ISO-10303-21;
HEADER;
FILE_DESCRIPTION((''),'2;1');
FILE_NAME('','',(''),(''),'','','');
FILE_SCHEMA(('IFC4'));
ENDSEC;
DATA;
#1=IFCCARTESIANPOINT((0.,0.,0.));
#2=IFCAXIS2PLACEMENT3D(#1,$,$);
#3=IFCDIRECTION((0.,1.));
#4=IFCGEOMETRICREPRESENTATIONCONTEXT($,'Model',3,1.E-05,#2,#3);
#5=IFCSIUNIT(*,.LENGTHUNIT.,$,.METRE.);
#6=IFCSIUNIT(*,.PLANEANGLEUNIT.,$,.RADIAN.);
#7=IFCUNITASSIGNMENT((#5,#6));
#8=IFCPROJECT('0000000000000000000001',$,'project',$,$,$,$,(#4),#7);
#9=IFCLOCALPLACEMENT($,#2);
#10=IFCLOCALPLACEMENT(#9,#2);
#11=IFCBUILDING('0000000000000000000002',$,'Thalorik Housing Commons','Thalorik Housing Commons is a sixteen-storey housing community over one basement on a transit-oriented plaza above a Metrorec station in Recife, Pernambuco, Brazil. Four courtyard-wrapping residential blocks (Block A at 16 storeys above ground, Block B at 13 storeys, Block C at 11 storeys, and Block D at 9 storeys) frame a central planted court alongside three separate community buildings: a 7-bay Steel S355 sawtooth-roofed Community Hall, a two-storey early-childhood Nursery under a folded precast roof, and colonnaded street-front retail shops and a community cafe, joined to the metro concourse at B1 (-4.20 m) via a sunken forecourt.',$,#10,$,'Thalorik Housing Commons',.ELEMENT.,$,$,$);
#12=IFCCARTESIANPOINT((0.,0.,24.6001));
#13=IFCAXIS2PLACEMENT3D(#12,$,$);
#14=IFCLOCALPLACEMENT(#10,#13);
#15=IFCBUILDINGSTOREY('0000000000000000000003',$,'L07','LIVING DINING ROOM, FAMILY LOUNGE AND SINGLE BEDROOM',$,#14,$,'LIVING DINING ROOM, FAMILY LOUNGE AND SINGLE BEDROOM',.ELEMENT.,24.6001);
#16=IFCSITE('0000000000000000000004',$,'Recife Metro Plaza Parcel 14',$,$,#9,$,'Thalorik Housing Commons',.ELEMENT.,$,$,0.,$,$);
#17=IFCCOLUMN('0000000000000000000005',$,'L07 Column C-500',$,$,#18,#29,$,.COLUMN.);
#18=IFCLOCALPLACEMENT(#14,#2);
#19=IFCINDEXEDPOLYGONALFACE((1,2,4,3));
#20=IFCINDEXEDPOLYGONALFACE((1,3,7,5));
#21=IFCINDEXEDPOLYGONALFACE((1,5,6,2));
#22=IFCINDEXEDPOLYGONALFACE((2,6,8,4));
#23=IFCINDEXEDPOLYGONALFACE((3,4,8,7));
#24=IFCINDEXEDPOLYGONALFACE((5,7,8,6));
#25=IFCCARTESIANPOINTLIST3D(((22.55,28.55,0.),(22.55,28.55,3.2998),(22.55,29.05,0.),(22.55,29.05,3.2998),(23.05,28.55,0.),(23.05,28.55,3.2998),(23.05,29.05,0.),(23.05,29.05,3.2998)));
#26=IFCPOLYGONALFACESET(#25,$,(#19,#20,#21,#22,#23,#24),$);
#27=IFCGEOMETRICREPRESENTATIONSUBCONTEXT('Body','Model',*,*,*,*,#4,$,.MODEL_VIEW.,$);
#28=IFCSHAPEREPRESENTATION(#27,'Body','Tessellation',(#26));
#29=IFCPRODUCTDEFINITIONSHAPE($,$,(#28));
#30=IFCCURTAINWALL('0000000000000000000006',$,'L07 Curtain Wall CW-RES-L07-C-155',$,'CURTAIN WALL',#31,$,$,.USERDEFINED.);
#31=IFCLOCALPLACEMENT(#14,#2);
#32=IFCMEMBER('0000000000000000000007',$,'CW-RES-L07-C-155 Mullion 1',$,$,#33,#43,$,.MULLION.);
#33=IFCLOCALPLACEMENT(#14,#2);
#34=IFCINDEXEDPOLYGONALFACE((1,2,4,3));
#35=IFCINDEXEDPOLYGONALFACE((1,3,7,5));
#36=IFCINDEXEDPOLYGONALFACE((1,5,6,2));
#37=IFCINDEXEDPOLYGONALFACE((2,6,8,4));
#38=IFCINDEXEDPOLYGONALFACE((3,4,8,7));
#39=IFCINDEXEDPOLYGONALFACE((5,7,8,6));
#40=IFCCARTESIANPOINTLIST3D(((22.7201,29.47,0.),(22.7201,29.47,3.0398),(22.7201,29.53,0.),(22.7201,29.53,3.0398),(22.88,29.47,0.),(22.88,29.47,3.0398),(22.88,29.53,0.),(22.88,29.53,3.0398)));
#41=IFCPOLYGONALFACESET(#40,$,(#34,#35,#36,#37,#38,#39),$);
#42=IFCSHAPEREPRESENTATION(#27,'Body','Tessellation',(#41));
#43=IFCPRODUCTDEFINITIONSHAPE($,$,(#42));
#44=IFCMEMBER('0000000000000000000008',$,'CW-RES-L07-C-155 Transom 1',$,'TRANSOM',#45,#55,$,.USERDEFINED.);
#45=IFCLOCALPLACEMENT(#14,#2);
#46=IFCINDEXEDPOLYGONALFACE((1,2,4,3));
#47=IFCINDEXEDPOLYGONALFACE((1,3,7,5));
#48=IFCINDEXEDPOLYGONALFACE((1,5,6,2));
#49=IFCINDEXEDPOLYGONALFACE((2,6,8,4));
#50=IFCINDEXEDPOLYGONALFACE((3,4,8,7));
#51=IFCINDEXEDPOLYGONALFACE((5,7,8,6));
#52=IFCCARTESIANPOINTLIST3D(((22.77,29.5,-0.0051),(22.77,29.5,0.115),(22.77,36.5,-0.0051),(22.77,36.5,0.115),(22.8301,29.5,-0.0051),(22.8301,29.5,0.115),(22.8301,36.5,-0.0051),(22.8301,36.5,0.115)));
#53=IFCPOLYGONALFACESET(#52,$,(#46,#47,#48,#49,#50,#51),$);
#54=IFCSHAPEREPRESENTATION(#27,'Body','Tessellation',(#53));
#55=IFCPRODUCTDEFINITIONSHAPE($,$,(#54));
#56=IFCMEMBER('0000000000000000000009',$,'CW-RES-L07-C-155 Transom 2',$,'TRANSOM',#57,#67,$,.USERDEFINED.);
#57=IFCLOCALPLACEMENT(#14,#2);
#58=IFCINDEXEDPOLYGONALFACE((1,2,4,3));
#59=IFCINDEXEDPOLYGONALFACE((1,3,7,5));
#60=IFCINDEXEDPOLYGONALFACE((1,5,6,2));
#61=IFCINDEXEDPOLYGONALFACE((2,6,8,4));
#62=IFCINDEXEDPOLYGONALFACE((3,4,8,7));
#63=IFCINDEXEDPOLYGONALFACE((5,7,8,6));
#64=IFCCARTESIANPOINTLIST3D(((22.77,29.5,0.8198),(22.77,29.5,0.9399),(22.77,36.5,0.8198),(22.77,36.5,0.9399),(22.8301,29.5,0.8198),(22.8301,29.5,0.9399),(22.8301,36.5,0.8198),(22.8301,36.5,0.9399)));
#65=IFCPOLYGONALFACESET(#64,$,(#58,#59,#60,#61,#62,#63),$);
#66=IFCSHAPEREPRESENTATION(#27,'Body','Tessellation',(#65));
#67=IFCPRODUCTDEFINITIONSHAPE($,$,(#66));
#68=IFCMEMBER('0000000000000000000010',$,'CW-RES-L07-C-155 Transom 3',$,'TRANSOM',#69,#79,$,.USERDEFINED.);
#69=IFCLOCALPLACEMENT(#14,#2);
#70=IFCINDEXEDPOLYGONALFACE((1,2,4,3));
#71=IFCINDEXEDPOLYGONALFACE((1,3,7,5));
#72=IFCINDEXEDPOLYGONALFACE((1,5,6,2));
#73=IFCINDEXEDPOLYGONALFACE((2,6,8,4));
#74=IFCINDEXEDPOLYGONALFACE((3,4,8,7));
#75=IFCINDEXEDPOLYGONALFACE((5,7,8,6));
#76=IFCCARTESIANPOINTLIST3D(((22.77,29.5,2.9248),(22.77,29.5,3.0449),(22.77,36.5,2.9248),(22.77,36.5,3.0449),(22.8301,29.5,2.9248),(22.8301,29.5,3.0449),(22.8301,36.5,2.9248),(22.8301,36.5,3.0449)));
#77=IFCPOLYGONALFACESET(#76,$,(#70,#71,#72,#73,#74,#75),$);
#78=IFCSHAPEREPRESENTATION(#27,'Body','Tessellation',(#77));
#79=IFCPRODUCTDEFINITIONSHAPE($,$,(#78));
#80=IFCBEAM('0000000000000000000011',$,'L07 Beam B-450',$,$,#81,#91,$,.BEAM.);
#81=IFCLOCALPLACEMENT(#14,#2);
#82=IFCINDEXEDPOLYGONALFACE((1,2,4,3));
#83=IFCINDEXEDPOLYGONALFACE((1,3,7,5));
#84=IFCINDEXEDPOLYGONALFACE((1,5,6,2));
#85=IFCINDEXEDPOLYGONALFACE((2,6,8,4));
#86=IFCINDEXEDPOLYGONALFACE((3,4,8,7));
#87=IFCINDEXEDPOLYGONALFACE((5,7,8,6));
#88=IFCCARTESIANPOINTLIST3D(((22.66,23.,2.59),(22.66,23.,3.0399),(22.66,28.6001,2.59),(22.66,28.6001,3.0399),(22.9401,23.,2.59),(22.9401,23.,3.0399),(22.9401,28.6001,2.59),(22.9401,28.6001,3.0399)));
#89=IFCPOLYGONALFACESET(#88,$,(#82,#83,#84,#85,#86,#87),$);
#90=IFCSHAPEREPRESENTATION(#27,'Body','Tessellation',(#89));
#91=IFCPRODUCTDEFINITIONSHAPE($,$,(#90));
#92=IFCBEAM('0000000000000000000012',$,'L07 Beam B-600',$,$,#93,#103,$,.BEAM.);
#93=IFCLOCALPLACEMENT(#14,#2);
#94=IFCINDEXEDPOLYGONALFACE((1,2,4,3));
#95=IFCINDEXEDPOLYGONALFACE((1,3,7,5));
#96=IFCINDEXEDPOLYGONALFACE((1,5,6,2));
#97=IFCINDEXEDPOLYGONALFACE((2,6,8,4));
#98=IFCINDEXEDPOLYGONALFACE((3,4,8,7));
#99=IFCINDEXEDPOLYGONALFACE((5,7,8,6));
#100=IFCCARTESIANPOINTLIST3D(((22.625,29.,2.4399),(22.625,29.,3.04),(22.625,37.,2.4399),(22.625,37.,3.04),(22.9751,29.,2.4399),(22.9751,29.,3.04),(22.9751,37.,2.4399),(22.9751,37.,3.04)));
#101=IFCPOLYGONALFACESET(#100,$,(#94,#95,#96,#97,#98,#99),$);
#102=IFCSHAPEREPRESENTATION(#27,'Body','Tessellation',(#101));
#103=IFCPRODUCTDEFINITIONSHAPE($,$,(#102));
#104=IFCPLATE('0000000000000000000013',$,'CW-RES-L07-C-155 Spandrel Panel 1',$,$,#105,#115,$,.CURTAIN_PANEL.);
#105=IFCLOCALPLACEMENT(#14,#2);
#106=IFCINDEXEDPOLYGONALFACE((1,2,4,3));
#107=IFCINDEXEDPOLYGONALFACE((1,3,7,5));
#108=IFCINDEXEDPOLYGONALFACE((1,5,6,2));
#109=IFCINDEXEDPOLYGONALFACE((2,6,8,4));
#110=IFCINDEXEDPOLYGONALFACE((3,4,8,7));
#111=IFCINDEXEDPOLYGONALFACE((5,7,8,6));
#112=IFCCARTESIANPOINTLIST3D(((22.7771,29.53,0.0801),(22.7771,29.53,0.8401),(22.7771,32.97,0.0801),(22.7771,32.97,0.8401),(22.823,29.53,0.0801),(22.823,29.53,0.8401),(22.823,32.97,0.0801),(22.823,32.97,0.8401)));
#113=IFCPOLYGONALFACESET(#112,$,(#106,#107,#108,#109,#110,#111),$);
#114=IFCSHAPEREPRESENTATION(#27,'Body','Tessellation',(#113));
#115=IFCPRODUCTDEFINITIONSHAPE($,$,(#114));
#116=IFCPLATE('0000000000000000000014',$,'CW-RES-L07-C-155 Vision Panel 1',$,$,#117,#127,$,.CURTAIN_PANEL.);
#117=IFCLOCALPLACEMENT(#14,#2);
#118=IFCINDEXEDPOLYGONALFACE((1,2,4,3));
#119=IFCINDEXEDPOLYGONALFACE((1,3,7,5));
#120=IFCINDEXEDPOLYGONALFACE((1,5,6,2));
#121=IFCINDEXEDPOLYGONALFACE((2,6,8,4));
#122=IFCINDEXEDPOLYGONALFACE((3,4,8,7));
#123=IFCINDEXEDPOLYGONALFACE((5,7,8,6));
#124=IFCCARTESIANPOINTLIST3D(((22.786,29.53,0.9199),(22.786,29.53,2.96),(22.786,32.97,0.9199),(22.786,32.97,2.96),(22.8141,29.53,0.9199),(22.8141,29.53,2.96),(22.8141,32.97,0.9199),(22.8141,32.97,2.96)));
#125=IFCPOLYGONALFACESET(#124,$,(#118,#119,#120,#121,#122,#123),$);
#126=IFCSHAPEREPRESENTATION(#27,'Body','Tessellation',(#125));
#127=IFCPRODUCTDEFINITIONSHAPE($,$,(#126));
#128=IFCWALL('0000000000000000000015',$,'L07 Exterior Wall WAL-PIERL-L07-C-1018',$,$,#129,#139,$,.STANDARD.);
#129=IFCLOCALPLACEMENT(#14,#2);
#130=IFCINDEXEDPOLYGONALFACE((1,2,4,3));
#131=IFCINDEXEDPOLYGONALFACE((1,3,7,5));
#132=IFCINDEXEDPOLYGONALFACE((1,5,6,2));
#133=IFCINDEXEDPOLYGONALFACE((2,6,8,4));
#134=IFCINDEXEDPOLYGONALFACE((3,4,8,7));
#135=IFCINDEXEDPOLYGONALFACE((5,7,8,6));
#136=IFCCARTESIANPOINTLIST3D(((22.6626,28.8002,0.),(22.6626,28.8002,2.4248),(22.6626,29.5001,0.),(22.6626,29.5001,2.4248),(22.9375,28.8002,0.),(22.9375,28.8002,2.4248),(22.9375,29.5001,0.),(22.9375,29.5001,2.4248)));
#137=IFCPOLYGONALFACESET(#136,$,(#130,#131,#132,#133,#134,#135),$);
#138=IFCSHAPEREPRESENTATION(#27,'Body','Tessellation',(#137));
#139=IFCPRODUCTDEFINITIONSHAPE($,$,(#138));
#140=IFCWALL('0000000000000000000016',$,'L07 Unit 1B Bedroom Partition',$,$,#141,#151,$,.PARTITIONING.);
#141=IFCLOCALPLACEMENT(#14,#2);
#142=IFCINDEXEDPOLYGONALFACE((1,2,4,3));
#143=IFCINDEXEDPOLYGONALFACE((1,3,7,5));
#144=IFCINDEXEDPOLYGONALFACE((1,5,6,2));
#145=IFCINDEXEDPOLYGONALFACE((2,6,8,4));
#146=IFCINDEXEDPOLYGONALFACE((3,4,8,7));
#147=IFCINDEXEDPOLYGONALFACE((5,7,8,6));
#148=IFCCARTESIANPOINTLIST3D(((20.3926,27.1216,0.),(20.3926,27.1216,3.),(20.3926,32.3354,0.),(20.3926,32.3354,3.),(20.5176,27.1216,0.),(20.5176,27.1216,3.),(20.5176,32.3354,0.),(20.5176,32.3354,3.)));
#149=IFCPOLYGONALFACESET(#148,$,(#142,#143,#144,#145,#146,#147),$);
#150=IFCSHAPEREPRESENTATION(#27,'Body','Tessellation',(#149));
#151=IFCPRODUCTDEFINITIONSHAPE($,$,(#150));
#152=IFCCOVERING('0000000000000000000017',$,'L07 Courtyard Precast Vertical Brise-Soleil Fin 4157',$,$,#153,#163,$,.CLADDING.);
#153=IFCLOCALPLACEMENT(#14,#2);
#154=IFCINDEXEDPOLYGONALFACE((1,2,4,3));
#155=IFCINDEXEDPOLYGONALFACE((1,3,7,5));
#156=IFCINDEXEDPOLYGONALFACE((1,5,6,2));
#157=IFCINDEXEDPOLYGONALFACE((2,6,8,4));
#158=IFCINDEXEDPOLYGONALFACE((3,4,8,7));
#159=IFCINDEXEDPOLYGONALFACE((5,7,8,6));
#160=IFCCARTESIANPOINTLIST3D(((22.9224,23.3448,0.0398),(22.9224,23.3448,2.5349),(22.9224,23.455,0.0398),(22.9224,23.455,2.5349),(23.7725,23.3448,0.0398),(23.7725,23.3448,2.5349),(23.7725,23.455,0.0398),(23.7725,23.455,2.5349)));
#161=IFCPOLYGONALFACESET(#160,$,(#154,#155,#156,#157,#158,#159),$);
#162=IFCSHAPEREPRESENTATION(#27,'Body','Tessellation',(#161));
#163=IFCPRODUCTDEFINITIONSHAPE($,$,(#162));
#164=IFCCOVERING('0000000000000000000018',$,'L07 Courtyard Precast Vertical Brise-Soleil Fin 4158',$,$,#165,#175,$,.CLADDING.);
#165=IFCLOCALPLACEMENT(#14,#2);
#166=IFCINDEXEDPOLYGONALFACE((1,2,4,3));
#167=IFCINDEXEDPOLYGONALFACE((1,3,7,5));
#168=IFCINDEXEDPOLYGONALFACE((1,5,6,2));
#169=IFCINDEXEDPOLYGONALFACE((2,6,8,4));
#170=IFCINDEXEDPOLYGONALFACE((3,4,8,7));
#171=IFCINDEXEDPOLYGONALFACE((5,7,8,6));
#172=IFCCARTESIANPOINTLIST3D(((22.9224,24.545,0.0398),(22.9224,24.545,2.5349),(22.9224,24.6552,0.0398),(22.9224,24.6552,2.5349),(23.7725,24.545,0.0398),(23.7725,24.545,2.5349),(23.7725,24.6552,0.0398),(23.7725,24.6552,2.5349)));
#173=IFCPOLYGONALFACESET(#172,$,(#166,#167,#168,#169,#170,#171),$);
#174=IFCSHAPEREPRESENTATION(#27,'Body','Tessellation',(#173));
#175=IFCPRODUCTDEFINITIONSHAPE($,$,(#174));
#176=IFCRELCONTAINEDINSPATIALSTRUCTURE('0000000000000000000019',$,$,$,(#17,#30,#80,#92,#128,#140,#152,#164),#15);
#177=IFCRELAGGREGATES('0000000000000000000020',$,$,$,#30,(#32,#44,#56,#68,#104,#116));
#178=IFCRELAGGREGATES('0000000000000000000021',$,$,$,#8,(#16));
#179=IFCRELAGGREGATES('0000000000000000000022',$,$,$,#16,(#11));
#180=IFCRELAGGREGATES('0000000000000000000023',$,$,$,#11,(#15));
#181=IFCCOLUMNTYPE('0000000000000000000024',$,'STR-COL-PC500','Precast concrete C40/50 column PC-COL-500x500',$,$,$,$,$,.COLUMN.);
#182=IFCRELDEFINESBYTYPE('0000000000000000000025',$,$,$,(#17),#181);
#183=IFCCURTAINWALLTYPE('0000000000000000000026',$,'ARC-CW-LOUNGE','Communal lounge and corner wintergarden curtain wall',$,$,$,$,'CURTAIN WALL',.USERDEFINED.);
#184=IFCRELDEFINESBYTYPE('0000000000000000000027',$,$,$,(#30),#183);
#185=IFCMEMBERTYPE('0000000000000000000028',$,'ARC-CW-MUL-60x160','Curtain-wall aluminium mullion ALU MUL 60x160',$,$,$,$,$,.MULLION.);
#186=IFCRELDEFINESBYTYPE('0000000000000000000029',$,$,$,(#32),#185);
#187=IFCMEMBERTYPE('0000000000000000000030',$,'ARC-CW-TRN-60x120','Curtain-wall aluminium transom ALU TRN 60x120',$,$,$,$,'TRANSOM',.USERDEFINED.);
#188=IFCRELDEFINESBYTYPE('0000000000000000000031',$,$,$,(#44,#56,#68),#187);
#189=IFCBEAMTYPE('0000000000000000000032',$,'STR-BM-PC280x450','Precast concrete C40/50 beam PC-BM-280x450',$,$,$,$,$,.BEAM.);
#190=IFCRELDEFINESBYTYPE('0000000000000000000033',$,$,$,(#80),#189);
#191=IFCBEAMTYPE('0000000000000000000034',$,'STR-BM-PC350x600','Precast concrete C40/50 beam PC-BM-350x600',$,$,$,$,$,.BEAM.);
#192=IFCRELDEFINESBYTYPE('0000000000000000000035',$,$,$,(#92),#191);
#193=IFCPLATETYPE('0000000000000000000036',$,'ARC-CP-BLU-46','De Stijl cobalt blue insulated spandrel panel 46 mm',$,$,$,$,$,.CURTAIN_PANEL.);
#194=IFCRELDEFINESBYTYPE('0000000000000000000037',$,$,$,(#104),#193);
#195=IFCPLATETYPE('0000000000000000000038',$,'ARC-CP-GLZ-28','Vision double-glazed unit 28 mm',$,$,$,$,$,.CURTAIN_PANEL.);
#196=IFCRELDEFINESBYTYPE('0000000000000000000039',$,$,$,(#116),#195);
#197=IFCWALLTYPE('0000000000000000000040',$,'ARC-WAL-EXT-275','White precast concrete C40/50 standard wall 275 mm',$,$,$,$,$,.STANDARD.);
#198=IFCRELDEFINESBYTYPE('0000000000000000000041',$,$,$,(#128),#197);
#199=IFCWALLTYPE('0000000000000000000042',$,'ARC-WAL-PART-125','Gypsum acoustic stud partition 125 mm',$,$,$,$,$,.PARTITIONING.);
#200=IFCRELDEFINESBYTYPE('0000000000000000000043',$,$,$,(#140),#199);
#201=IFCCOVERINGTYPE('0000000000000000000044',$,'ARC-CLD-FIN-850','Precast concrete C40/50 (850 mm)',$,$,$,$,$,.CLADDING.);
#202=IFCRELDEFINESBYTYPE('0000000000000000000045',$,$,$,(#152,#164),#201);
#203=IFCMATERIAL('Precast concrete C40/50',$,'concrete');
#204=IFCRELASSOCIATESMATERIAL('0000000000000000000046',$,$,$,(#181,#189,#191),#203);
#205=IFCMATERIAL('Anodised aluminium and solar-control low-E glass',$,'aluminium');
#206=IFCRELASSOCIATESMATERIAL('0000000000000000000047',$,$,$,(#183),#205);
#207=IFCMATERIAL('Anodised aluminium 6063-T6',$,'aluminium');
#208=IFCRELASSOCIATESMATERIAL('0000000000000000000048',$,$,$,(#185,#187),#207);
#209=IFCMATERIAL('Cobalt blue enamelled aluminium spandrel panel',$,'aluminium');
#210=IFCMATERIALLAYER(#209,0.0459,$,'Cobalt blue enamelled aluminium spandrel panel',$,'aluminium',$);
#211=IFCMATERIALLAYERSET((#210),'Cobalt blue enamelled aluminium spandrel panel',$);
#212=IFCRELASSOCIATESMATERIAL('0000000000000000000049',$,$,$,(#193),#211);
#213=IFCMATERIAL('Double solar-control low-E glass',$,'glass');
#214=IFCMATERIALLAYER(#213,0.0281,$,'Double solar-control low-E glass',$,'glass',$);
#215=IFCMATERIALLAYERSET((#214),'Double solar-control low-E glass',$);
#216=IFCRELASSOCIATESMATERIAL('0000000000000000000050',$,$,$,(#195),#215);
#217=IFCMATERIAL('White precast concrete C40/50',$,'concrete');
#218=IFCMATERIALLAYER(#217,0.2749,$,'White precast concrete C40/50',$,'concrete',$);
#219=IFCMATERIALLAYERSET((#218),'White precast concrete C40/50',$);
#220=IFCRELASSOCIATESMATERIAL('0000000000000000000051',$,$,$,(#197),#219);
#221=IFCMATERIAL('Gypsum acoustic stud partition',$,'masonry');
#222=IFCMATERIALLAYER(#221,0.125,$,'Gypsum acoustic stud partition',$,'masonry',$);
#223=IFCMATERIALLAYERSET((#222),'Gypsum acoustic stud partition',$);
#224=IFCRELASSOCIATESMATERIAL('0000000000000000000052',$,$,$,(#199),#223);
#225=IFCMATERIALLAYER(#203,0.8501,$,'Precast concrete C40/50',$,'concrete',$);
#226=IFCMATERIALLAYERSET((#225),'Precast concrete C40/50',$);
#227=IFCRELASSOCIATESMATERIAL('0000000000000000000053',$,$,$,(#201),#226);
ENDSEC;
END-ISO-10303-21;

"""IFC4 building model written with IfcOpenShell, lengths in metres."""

from ifc_helpers import new_model, si_unit, direction, frame, frame_2d, origin, origin_2d, place, context, subcontext, project, spatial, rectangle, extrude, material, layer, layer_set, material_profile, profile_set, type_object, element, aggregate, save


model = new_model("IFC4")

# Units and contexts
model_context = context("Model", 3, precision=1e-05, world=origin(), true_north=direction((0.0, 1.0)))
body_context = subcontext(model_context, "Body", "Model", "MODEL_VIEW")
ifc_project = project(units=[si_unit("LENGTHUNIT", "METRE"), si_unit("PLANEANGLEUNIT", "RADIAN")], contexts=[model_context])

# Site, building, storey
site_placement = place(None, origin())
site = spatial("IfcSite", under=ifc_project, at=site_placement, Name="Recife Metro Plaza Parcel 14", LongName="Thalorik Housing Commons", CompositionType="ELEMENT", RefElevation=0.0)
building_placement = place(site_placement, origin())
building = spatial("IfcBuilding", under=site, at=building_placement, Name="Thalorik Housing Commons", Description="Thalorik Housing Commons is a sixteen-storey housing community over one basement on a transit-oriented plaza above a Metrorec station in Recife, Pernambuco, Brazil. Four courtyard-wrapping residential blocks (Block A at 16 storeys above ground, Block B at 13 storeys, Block C at 11 storeys, and Block D at 9 storeys) frame a central planted court alongside three separate community buildings: a 7-bay Steel S355 sawtooth-roofed Community Hall, a two-storey early-childhood Nursery under a folded precast roof, and colonnaded street-front retail shops and a community cafe, joined to the metro concourse at B1 (-4.20 m) via a sunken forecourt.", LongName="Thalorik Housing Commons", CompositionType="ELEMENT")
storey_placement = place(building_placement, frame((0.0, 0.0, 24.6001)))
storey = spatial("IfcBuildingStorey", under=building, at=storey_placement, Name="L07", Description="LIVING DINING ROOM, FAMILY LOUNGE AND SINGLE BEDROOM", LongName="LIVING DINING ROOM, FAMILY LOUNGE AND SINGLE BEDROOM", CompositionType="ELEMENT", Elevation=24.6001)

# Column
ifc_material_1 = material(Name="Precast concrete C40/50", Category="concrete")
ifc_material_profile_1 = material_profile(ifc_material_1, rectangle(XDim=0.5, YDim=0.5, at=origin_2d()), Name="PC 500x500", Category="concrete")
ifc_profile_set_1 = profile_set([ifc_material_profile_1], Name="Precast concrete C40/50")
column_type = type_object("IfcColumnType", Name="STR-COL-PC500", Description="Precast concrete C40/50 column PC-COL-500x500", PredefinedType="COLUMN", material=ifc_profile_set_1)
column_placement = place(storey_placement, frame((22.8, 28.8, 0.0), z_axis=(0.0, 0.0, 1.0), x_axis=(1.0, 0.0, 0.0)))
element("IfcColumn", 1, at=column_placement, inside=storey, type_object=column_type, Name="L07 Column C-500", PredefinedType="COLUMN", context=body_context, shape_type="SweptSolid", body=[
    extrude(rectangle(XDim=0.5, YDim=0.5, at=origin_2d()), origin(), (0.0, 0.0, 1.0), 3.2998),
])

# Curtain wall, members
ifc_material_2 = material(Name="Anodised aluminium and solar-control low-E glass", Category="aluminium")
curtain_wall_type = type_object("IfcCurtainWallType", Name="ARC-CW-LOUNGE", Description="Communal lounge and corner wintergarden curtain wall", ElementType="CURTAIN WALL", PredefinedType="USERDEFINED", material=ifc_material_2)
curtain_wall_placement = place(storey_placement, origin())
curtain_wall = element("IfcCurtainWall", 2, at=curtain_wall_placement, inside=storey, type_object=curtain_wall_type, Name="L07 Curtain Wall CW-RES-L07-C-155", ObjectType="CURTAIN WALL", PredefinedType="USERDEFINED")
ifc_material_3 = material(Name="Anodised aluminium 6063-T6", Category="aluminium")
ifc_material_profile_2 = material_profile(ifc_material_3, rectangle(XDim=0.0601, YDim=0.1599, at=origin_2d()), Name="ALU MUL 60x160", Category="aluminium")
ifc_profile_set_2 = profile_set([ifc_material_profile_2], Name="Anodised aluminium 6063-T6")
member_type_1 = type_object("IfcMemberType", Name="ARC-CW-MUL-60x160", Description="Curtain-wall aluminium mullion ALU MUL 60x160", PredefinedType="MULLION", material=ifc_profile_set_2)
member_1_placement = place(storey_placement, frame((22.8, 29.5, 0.0), z_axis=(0.0, 0.0, 1.0), x_axis=(0.0, 1.0, 0.0)))
member_1 = element("IfcMember", 3, at=member_1_placement, type_object=member_type_1, Name="CW-RES-L07-C-155 Mullion 1", PredefinedType="MULLION", context=body_context, shape_type="SweptSolid", body=[
    extrude(rectangle(XDim=0.0601, YDim=0.1599, at=origin_2d()), origin(), (0.0, 0.0, 1.0), 3.0398),
])
ifc_material_profile_3 = material_profile(ifc_material_3, rectangle(XDim=0.0601, YDim=0.1201, at=origin_2d()), Name="ALU TRN 60x120", Category="aluminium")
ifc_profile_set_3 = profile_set([ifc_material_profile_3], Name="Anodised aluminium 6063-T6")
member_type_2 = type_object("IfcMemberType", Name="ARC-CW-TRN-60x120", Description="Curtain-wall aluminium transom ALU TRN 60x120", ElementType="TRANSOM", PredefinedType="USERDEFINED", material=ifc_profile_set_3)
member_2_placement = place(storey_placement, frame((22.8, 29.5, 0.0549), z_axis=(0.0, 1.0, 0.0), x_axis=(-1.0, 0.0, 0.0)))
member_2 = element("IfcMember", 4, at=member_2_placement, type_object=member_type_2, Name="CW-RES-L07-C-155 Transom 1", ObjectType="TRANSOM", PredefinedType="USERDEFINED", context=body_context, shape_type="SweptSolid", body=[
    extrude(rectangle(XDim=0.0601, YDim=0.1201, at=origin_2d()), origin(), (0.0, 0.0, 1.0), 7.0),
])
member_3_placement = place(storey_placement, frame((22.8, 29.5, 0.8799), z_axis=(0.0, 1.0, 0.0), x_axis=(-1.0, 0.0, 0.0)))
member_3 = element("IfcMember", 5, at=member_3_placement, type_object=member_type_2, Name="CW-RES-L07-C-155 Transom 2", ObjectType="TRANSOM", PredefinedType="USERDEFINED", context=body_context, shape_type="SweptSolid", body=[
    extrude(rectangle(XDim=0.0601, YDim=0.1201, at=origin_2d()), origin(), (0.0, 0.0, 1.0), 7.0),
])
member_4_placement = place(storey_placement, frame((22.8, 29.5, 2.9849), z_axis=(0.0, 1.0, 0.0), x_axis=(-1.0, 0.0, 0.0)))
member_4 = element("IfcMember", 6, at=member_4_placement, type_object=member_type_2, Name="CW-RES-L07-C-155 Transom 3", ObjectType="TRANSOM", PredefinedType="USERDEFINED", context=body_context, shape_type="SweptSolid", body=[
    extrude(rectangle(XDim=0.0601, YDim=0.1201, at=origin_2d()), origin(), (0.0, 0.0, 1.0), 7.0),
])

# Beams
ifc_material_profile_4 = material_profile(ifc_material_1, rectangle(XDim=0.28, YDim=0.45, at=origin_2d()), Name="PC 280x450", Category="concrete")
ifc_profile_set_4 = profile_set([ifc_material_profile_4], Name="Precast concrete C40/50")
beam_type_1 = type_object("IfcBeamType", Name="STR-BM-PC280x450", Description="Precast concrete C40/50 beam PC-BM-280x450", PredefinedType="BEAM", material=ifc_profile_set_4)
beam_1_placement = place(storey_placement, frame((22.8, 23.0, 2.8149), z_axis=(0.0, 1.0, 0.0), x_axis=(-1.0, 0.0, 0.0)))
element("IfcBeam", 7, at=beam_1_placement, inside=storey, type_object=beam_type_1, Name="L07 Beam B-450", PredefinedType="BEAM", context=body_context, shape_type="SweptSolid", body=[
    extrude(rectangle(XDim=0.28, YDim=0.45, at=origin_2d()), origin(), (0.0, 0.0, 1.0), 5.6001),
])
ifc_material_profile_5 = material_profile(ifc_material_1, rectangle(XDim=0.3501, YDim=0.6001, at=origin_2d()), Name="PC 350x600", Category="concrete")
ifc_profile_set_5 = profile_set([ifc_material_profile_5], Name="Precast concrete C40/50")
beam_type_2 = type_object("IfcBeamType", Name="STR-BM-PC350x600", Description="Precast concrete C40/50 beam PC-BM-350x600", PredefinedType="BEAM", material=ifc_profile_set_5)
beam_2_placement = place(storey_placement, frame((22.8, 29.0, 2.74), z_axis=(0.0, 1.0, 0.0), x_axis=(-1.0, 0.0, 0.0)))
element("IfcBeam", 8, at=beam_2_placement, inside=storey, type_object=beam_type_2, Name="L07 Beam B-600", PredefinedType="BEAM", context=body_context, shape_type="SweptSolid", body=[
    extrude(rectangle(XDim=0.3501, YDim=0.6001, at=origin_2d()), origin(), (0.0, 0.0, 1.0), 8.0),
])

# Plates
ifc_material_4 = material(Name="Cobalt blue enamelled aluminium spandrel panel", Category="aluminium")
ifc_layer_1 = layer(ifc_material_4, 0.0459, Name="Cobalt blue enamelled aluminium spandrel panel", Category="aluminium")
ifc_layer_set_1 = layer_set([ifc_layer_1], Name="Cobalt blue enamelled aluminium spandrel panel")
plate_type_1 = type_object("IfcPlateType", Name="ARC-CP-BLU-46", Description="De Stijl cobalt blue insulated spandrel panel 46 mm", PredefinedType="CURTAIN_PANEL", material=ifc_layer_set_1)
plate_1_placement = place(storey_placement, frame((22.8, 31.25, 0.0801), z_axis=(0.0, 0.0, 1.0), x_axis=(0.0, 1.0, 0.0)))
plate_1 = element("IfcPlate", 9, at=plate_1_placement, type_object=plate_type_1, Name="CW-RES-L07-C-155 Spandrel Panel 1", PredefinedType="CURTAIN_PANEL", context=body_context, shape_type="SweptSolid", body=[
    extrude(rectangle(XDim=3.4399, YDim=0.0459, at=origin_2d()), origin(), (0.0, 0.0, 1.0), 0.76),
])
ifc_material_5 = material(Name="Double solar-control low-E glass", Category="glass")
ifc_layer_2 = layer(ifc_material_5, 0.0281, Name="Double solar-control low-E glass", Category="glass")
ifc_layer_set_2 = layer_set([ifc_layer_2], Name="Double solar-control low-E glass")
plate_type_2 = type_object("IfcPlateType", Name="ARC-CP-GLZ-28", Description="Vision double-glazed unit 28 mm", PredefinedType="CURTAIN_PANEL", material=ifc_layer_set_2)
plate_2_placement = place(storey_placement, frame((22.8, 31.25, 0.9199), z_axis=(0.0, 0.0, 1.0), x_axis=(0.0, 1.0, 0.0)))
plate_2 = element("IfcPlate", 10, at=plate_2_placement, type_object=plate_type_2, Name="CW-RES-L07-C-155 Vision Panel 1", PredefinedType="CURTAIN_PANEL", context=body_context, shape_type="SweptSolid", body=[
    extrude(rectangle(XDim=3.4399, YDim=0.0281, at=origin_2d()), origin(), (0.0, 0.0, 1.0), 2.04),
])
aggregate(curtain_wall, [member_1, member_2, member_3, member_4, plate_1, plate_2])

# Walls
ifc_material_6 = material(Name="White precast concrete C40/50", Category="concrete")
ifc_layer_3 = layer(ifc_material_6, 0.2749, Name="White precast concrete C40/50", Category="concrete")
ifc_layer_set_3 = layer_set([ifc_layer_3], Name="White precast concrete C40/50")
wall_type_1 = type_object("IfcWallType", Name="ARC-WAL-EXT-275", Description="White precast concrete C40/50 standard wall 275 mm", PredefinedType="STANDARD", material=ifc_layer_set_3)
wall_1_placement = place(storey_placement, frame((22.8, 28.8, 0.0), z_axis=(0.0, 0.0, 1.0), x_axis=(0.0, 1.0, 0.0)))
element("IfcWall", 11, at=wall_1_placement, inside=storey, type_object=wall_type_1, Name="L07 Exterior Wall WAL-PIERL-L07-C-1018", PredefinedType="STANDARD", context=body_context, shape_type="SweptSolid", body=[
    extrude(rectangle(XDim=0.7, YDim=0.2749, at=frame_2d((0.3501, 0.0))), origin(), (0.0, 0.0, 1.0), 2.4248),
])
ifc_material_7 = material(Name="Gypsum acoustic stud partition", Category="masonry")
ifc_layer_4 = layer(ifc_material_7, 0.125, Name="Gypsum acoustic stud partition", Category="masonry")
ifc_layer_set_4 = layer_set([ifc_layer_4], Name="Gypsum acoustic stud partition")
wall_type_2 = type_object("IfcWallType", Name="ARC-WAL-PART-125", Description="Gypsum acoustic stud partition 125 mm", PredefinedType="PARTITIONING", material=ifc_layer_set_4)
wall_2_placement = place(storey_placement, frame((20.4551, 27.1216, 0.0), z_axis=(0.0, 0.0, 1.0), x_axis=(0.0, 1.0, 0.0)))
element("IfcWall", 12, at=wall_2_placement, inside=storey, type_object=wall_type_2, Name="L07 Unit 1B Bedroom Partition", PredefinedType="PARTITIONING", context=body_context, shape_type="SweptSolid", body=[
    extrude(rectangle(XDim=5.2139, YDim=0.125, at=frame_2d((2.6069, 0.0))), origin(), (0.0, 0.0, 1.0), 3.0),
])

# Coverings
ifc_layer_5 = layer(ifc_material_1, 0.8501, Name="Precast concrete C40/50", Category="concrete")
ifc_layer_set_5 = layer_set([ifc_layer_5], Name="Precast concrete C40/50")
covering_type_1 = type_object("IfcCoveringType", Name="ARC-CLD-FIN-850", Description="Precast concrete C40/50 (850 mm)", PredefinedType="CLADDING", material=ifc_layer_set_5)
for number, where, z_axis, x_axis, name in (
    (13, (23.3474, 23.3999, 0.0398), (0.0, 0.0, 1.0), (0.0, 1.0, 0.0), "L07 Courtyard Precast Vertical Brise-Soleil Fin 4157"),
    (14, (23.3474, 24.6001, 0.0398), (0.0, 0.0, 1.0), (0.0, 1.0, 0.0), "L07 Courtyard Precast Vertical Brise-Soleil Fin 4158"),
):
    element("IfcCovering", number, at=place(storey_placement, frame(where, z_axis=z_axis, x_axis=x_axis)), inside=storey, type_object=covering_type_1, Name=name, PredefinedType="CLADDING", context=body_context, shape_type="SweptSolid", body=[
        extrude(rectangle(XDim=0.1101, YDim=0.8501, at=origin_2d()), origin(), (0.0, 0.0, 1.0), 2.4951),
    ])

save(model, "model.ifc")
